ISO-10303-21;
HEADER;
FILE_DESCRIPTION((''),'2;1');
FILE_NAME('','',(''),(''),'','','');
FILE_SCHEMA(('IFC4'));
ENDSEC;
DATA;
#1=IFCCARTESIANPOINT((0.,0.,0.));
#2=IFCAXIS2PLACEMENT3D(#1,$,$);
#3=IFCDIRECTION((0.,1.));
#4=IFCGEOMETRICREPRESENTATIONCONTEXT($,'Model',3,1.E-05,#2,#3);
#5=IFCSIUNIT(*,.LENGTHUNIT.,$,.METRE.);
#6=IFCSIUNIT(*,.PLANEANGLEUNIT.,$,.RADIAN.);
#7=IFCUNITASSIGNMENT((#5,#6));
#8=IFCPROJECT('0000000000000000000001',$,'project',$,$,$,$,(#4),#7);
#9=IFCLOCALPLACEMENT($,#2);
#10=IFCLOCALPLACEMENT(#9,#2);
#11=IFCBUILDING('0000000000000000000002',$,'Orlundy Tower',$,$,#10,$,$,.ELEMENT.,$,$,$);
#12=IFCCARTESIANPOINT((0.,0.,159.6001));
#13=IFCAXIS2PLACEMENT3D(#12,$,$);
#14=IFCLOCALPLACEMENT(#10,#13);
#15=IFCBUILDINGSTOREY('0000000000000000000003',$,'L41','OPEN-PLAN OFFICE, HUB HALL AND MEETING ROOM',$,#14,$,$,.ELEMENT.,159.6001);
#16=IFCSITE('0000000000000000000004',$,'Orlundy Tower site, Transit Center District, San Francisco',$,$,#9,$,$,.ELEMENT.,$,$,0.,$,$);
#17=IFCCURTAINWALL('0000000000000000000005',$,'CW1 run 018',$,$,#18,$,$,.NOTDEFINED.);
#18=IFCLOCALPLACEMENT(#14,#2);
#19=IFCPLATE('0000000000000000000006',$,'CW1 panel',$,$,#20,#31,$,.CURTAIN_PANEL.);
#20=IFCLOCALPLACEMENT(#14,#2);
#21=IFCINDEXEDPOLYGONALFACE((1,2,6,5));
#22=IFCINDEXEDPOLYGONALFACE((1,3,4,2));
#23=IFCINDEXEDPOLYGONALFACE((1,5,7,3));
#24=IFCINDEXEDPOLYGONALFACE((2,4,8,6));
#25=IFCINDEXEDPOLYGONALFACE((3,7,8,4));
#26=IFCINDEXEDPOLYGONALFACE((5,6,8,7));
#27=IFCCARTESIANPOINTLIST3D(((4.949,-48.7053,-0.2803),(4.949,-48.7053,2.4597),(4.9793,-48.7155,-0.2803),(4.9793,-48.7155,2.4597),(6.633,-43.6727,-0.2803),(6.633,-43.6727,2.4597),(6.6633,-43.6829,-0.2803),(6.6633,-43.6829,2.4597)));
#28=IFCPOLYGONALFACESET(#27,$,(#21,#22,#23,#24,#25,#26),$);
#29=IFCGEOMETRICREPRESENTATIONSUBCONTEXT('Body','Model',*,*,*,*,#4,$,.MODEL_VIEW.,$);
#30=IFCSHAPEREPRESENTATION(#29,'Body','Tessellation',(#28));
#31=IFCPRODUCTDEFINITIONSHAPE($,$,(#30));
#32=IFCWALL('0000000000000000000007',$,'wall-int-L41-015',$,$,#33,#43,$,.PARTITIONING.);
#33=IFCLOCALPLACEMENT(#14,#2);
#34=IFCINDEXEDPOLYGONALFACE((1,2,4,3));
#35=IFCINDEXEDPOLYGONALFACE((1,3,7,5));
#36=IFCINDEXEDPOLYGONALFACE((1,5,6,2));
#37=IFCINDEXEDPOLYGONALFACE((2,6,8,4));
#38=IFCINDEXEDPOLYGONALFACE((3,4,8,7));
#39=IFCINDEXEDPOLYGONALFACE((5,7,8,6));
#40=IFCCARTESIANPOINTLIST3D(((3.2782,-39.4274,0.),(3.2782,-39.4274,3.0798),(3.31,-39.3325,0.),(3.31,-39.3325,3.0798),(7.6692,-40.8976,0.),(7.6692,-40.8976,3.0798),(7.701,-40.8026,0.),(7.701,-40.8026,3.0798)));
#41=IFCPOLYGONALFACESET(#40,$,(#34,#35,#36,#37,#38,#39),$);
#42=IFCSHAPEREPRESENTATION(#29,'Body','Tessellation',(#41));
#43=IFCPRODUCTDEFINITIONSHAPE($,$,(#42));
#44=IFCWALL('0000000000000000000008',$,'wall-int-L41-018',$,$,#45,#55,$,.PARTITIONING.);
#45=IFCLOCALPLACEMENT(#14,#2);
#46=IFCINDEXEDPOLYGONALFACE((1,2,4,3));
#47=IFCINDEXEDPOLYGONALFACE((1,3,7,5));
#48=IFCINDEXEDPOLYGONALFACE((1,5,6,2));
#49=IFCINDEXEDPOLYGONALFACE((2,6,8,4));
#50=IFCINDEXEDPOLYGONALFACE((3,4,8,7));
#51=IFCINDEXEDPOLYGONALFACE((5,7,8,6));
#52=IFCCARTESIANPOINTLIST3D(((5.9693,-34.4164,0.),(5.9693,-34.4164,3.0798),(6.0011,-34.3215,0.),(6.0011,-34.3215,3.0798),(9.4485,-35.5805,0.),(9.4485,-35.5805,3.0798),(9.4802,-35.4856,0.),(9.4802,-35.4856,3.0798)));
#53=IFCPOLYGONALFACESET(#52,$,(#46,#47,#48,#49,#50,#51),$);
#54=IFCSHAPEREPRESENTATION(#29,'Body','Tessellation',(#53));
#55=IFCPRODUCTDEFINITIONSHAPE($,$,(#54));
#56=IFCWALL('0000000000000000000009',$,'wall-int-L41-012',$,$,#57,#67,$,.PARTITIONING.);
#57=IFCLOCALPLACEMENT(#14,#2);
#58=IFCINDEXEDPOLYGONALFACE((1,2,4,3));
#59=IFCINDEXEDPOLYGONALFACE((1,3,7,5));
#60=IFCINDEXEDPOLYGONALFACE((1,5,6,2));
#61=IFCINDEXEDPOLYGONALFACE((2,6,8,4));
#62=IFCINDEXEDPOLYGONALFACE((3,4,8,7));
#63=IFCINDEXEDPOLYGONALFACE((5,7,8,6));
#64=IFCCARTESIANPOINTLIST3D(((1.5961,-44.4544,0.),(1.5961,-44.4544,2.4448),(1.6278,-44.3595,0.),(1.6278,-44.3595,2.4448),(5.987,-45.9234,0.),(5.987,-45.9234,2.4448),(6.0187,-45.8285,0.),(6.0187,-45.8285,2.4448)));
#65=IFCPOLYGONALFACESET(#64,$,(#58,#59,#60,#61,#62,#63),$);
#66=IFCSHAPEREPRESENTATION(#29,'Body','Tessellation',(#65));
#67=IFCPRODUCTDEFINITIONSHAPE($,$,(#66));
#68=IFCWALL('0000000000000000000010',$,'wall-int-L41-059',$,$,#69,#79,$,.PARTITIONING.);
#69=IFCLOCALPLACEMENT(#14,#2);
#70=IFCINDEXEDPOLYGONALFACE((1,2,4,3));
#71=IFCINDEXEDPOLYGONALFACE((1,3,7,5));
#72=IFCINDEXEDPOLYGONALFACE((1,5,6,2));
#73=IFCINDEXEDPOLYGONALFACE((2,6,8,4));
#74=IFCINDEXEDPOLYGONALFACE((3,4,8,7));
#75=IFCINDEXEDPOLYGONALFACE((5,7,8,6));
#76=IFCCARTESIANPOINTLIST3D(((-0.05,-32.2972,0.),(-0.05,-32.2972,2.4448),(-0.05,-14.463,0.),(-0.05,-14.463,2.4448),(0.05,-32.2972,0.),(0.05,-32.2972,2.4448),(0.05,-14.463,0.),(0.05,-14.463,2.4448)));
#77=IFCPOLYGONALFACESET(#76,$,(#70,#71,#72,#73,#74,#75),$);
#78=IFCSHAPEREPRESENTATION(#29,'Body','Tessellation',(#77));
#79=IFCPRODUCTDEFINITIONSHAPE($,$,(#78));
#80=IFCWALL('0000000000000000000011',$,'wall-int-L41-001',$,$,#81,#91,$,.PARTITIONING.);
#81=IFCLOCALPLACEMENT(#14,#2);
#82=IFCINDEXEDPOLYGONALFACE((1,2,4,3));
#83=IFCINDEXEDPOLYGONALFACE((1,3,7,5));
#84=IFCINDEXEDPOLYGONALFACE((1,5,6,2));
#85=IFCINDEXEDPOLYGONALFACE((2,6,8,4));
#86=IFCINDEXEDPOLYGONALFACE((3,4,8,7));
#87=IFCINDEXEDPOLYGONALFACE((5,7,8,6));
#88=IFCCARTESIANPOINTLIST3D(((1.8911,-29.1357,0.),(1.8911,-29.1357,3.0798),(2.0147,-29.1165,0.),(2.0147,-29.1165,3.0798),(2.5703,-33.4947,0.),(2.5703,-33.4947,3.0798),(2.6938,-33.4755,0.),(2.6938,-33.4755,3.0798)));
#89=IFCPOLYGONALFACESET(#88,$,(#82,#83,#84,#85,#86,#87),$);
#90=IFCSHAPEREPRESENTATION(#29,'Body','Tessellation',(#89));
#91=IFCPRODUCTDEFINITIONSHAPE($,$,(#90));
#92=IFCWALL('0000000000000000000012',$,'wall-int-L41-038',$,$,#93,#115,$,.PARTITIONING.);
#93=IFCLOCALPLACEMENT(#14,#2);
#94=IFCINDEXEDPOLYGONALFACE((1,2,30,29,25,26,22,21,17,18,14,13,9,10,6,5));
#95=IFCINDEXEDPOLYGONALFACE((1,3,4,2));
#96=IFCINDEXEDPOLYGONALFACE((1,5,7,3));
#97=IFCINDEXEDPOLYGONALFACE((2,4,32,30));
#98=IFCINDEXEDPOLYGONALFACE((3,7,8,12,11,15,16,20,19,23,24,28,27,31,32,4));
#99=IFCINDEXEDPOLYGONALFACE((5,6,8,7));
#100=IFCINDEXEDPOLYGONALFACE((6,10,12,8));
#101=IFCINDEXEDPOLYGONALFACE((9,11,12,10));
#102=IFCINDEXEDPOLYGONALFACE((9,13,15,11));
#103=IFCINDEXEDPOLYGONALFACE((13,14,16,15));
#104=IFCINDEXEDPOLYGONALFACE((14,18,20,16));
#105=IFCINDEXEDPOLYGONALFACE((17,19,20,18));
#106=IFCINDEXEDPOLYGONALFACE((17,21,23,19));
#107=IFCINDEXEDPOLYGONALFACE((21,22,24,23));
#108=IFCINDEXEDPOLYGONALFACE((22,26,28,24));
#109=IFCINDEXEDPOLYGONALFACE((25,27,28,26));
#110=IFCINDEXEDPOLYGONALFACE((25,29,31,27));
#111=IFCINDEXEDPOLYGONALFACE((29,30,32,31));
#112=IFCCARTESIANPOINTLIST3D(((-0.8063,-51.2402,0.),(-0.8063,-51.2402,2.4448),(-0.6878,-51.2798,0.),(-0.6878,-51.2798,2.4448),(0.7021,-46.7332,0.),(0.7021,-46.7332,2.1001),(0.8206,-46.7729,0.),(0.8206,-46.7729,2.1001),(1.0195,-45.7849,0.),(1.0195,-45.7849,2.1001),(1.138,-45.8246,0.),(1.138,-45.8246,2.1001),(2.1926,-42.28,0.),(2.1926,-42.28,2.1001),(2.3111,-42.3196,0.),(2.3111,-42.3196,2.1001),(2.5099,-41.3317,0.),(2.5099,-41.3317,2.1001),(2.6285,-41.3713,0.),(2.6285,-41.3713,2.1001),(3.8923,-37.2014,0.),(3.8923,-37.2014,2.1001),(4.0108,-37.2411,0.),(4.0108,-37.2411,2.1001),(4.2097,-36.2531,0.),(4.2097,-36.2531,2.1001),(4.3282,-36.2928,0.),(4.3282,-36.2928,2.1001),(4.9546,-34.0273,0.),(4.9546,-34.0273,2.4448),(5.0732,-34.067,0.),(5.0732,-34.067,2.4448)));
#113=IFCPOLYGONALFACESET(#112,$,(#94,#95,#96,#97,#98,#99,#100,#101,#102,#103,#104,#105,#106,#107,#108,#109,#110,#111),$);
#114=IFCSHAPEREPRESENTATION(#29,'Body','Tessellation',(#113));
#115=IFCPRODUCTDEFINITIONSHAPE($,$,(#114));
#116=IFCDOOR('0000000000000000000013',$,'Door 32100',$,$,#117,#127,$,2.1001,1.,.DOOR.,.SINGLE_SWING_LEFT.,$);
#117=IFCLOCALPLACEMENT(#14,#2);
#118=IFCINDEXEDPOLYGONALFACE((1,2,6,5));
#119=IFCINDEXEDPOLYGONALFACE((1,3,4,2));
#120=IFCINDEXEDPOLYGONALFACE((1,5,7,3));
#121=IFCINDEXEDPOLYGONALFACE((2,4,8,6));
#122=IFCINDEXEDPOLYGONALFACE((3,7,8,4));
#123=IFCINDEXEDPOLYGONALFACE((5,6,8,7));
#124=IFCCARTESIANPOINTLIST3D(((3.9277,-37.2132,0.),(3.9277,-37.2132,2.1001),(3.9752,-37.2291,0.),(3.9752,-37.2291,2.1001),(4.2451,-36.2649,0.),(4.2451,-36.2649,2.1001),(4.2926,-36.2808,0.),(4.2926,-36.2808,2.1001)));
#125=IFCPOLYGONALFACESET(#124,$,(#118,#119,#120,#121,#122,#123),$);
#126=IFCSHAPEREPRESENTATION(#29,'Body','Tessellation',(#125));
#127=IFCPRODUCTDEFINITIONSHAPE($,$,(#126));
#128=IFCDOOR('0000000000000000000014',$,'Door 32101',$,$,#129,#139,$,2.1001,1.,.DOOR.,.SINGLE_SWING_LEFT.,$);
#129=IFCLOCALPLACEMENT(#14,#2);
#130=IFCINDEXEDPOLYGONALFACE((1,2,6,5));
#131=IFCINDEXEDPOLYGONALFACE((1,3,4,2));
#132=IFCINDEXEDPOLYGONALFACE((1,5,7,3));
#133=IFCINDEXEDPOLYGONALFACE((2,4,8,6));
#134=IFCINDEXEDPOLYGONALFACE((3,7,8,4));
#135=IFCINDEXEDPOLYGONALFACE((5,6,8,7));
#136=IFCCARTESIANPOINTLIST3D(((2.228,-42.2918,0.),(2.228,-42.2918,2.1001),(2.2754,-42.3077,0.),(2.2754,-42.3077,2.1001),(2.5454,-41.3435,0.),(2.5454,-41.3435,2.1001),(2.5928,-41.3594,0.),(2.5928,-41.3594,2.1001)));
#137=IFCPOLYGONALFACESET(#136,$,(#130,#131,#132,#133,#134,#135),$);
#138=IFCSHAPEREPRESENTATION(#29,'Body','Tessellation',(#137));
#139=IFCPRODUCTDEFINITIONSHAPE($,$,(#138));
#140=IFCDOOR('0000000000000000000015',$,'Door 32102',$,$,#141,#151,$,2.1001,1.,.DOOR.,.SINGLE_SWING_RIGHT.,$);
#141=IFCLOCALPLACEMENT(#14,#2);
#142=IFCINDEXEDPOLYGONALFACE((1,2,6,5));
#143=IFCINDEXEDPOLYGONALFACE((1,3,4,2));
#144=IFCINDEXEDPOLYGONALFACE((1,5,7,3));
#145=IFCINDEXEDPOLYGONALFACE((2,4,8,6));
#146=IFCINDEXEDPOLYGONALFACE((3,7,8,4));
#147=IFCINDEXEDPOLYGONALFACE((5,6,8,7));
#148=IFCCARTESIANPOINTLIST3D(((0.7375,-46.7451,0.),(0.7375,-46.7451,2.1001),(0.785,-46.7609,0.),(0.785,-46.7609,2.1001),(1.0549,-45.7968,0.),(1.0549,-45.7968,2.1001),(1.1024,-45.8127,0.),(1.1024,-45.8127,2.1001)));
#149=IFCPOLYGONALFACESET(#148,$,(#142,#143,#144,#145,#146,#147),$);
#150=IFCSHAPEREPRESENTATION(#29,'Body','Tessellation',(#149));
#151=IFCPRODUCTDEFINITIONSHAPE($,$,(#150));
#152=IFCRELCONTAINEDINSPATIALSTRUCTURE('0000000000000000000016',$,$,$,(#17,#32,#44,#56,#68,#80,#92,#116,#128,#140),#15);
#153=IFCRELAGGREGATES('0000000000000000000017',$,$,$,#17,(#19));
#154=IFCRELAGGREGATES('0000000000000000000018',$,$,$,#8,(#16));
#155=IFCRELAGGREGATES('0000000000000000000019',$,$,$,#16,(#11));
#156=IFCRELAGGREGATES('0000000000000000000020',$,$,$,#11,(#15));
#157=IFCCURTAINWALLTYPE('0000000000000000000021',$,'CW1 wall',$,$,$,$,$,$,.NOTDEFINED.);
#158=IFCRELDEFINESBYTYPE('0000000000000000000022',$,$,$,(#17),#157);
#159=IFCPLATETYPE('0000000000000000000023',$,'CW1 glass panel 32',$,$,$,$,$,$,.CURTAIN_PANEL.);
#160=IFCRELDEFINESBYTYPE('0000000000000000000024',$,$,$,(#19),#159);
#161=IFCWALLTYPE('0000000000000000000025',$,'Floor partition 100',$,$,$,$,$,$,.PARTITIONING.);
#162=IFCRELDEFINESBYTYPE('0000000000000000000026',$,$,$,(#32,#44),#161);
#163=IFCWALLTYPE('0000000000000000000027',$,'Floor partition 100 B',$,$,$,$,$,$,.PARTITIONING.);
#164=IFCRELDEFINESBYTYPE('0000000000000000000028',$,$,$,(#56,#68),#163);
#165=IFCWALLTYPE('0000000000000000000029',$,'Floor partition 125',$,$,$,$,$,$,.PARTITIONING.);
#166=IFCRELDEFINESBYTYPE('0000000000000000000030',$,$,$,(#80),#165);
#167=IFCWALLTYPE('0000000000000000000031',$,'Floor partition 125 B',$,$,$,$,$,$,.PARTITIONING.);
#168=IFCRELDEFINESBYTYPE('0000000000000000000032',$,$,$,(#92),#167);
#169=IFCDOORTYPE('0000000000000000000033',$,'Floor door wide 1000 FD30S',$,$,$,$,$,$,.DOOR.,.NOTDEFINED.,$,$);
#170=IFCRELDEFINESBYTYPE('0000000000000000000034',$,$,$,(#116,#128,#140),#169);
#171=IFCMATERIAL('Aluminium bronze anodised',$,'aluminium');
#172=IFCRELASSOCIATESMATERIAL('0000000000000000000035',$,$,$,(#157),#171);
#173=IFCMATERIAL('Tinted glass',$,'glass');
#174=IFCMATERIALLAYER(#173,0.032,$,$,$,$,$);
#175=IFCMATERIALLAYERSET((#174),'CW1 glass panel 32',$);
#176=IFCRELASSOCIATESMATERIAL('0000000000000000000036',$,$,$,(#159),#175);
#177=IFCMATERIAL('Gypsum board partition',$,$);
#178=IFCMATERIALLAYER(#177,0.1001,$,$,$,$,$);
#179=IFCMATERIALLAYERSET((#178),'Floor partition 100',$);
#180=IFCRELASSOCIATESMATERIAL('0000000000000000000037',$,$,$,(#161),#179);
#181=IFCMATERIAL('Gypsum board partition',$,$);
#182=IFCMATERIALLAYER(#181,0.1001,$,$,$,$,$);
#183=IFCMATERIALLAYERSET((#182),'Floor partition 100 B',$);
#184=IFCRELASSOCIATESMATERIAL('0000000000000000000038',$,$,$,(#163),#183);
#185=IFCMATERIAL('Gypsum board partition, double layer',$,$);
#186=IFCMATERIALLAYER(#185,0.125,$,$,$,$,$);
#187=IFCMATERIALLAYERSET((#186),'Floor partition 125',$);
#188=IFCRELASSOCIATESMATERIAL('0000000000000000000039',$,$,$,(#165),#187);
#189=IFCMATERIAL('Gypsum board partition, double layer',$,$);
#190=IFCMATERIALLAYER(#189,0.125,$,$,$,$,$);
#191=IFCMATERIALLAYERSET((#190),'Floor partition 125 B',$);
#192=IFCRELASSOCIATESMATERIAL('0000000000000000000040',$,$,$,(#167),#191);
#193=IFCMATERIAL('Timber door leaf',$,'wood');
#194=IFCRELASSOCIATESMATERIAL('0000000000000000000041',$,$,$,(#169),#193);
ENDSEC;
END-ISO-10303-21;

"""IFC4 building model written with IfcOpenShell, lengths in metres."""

from ifc_helpers import new_model, si_unit, direction, frame, frame_2d, origin, origin_2d, place, context, subcontext, project, spatial, rectangle, extrude, material, layer, layer_set, type_object, element, fill, aggregate, save


model = new_model("IFC4")

# Units and contexts
model_context = context("Model", 3, precision=1e-05, world=origin(), true_north=direction((0.0, 1.0)))
body_context = subcontext(model_context, "Body", "Model", "MODEL_VIEW")
ifc_project = project(units=[si_unit("LENGTHUNIT", "METRE"), si_unit("PLANEANGLEUNIT", "RADIAN")], contexts=[model_context])

# Site, building, storey
site_placement = place(None, origin())
site = spatial("IfcSite", under=ifc_project, at=site_placement, Name="Orlundy Tower site, Transit Center District, San Francisco", CompositionType="ELEMENT", RefElevation=0.0)
building_placement = place(site_placement, origin())
building = spatial("IfcBuilding", under=site, at=building_placement, Name="Orlundy Tower", CompositionType="ELEMENT")
storey_placement = place(building_placement, frame((0.0, 0.0, 159.6001)))
storey = spatial("IfcBuildingStorey", under=building, at=storey_placement, Name="L41", Description="OPEN-PLAN OFFICE, HUB HALL AND MEETING ROOM", CompositionType="ELEMENT", Elevation=159.6001)

# Curtain wall, plate
ifc_material_1 = material(Name="Aluminium bronze anodised", Category="aluminium")
curtain_wall_type = type_object("IfcCurtainWallType", Name="CW1 wall", PredefinedType="NOTDEFINED", material=ifc_material_1)
curtain_wall_placement = place(storey_placement, origin())
curtain_wall = element("IfcCurtainWall", 1, at=curtain_wall_placement, inside=storey, type_object=curtain_wall_type, Name="CW1 run 018", PredefinedType="NOTDEFINED")
ifc_material_2 = material(Name="Tinted glass", Category="glass")
ifc_layer_1 = layer(ifc_material_2, 0.032)
ifc_layer_set_1 = layer_set([ifc_layer_1], Name="CW1 glass panel 32")
plate_type = type_object("IfcPlateType", Name="CW1 glass panel 32", PredefinedType="CURTAIN_PANEL", material=ifc_layer_set_1)
plate_1_placement = place(storey_placement, frame((5.8062, -46.1941, -0.2803), z_axis=(0.0, 0.0, 1.0), x_axis=(-0.317314, -0.948321, 0.0)))
plate_1 = element("IfcPlate", 2, at=plate_1_placement, type_object=plate_type, Name="CW1 panel", PredefinedType="CURTAIN_PANEL", context=body_context, shape_type="SweptSolid", body=[
    extrude(rectangle(XDim=5.3069, YDim=0.032, at=origin_2d()), origin(), (0.0, 0.0, 1.0), 2.74),
])
aggregate(curtain_wall, [plate_1])

# Walls
ifc_material_3 = material(Name="Gypsum board partition")
ifc_layer_2 = layer(ifc_material_3, 0.1001)
ifc_layer_set_2 = layer_set([ifc_layer_2], Name="Floor partition 100")
wall_type_1 = type_object("IfcWallType", Name="Floor partition 100", PredefinedType="PARTITIONING", material=ifc_layer_set_2)
wall_1_placement = place(storey_placement, frame((3.2939, -39.3799, 0.0), z_axis=(0.0, 0.0, 1.0), x_axis=(0.948261, -0.317493, 0.0)))
element("IfcWall", 3, at=wall_1_placement, inside=storey, type_object=wall_type_1, Name="wall-int-L41-015", PredefinedType="PARTITIONING", context=body_context, shape_type="SweptSolid", body=[
    extrude(rectangle(XDim=4.6306, YDim=0.1001, at=frame_2d((2.3154, 0.0))), origin(), (0.0, 0.0, 1.0), 3.0798),
])
wall_2_placement = place(storey_placement, frame((5.9851, -34.3689, 0.0), z_axis=(0.0, 0.0, 1.0), x_axis=(0.948323, -0.317306, 0.0)))
element("IfcWall", 4, at=wall_2_placement, inside=storey, type_object=wall_type_1, Name="wall-int-L41-018", PredefinedType="PARTITIONING", context=body_context, shape_type="SweptSolid", body=[
    extrude(rectangle(XDim=3.6687, YDim=0.1001, at=frame_2d((1.8345, 0.0))), origin(), (0.0, 0.0, 1.0), 3.0798),
])
ifc_material_4 = material(Name="Gypsum board partition")
ifc_layer_3 = layer(ifc_material_4, 0.1001)
ifc_layer_set_3 = layer_set([ifc_layer_3], Name="Floor partition 100 B")
wall_type_2 = type_object("IfcWallType", Name="Floor partition 100 B", PredefinedType="PARTITIONING", material=ifc_layer_set_3)
wall_3_placement = place(storey_placement, frame((1.6121, -44.407, 0.0), z_axis=(0.0, 0.0, 1.0), x_axis=(0.948335, -0.317272, 0.0)))
element("IfcWall", 5, at=wall_3_placement, inside=storey, type_object=wall_type_2, Name="wall-int-L41-012", PredefinedType="PARTITIONING", context=body_context, shape_type="SweptSolid", body=[
    extrude(rectangle(XDim=4.6301, YDim=0.1001, at=frame_2d((2.3149, 0.0))), origin(), (0.0, 0.0, 1.0), 2.4448),
])
wall_4_placement = place(storey_placement, frame((0.0, -32.2971, 0.0), z_axis=(0.0, 0.0, 1.0), x_axis=(0.0, 1.0, 0.0)))
element("IfcWall", 6, at=wall_4_placement, inside=storey, type_object=wall_type_2, Name="wall-int-L41-059", PredefinedType="PARTITIONING", context=body_context, shape_type="SweptSolid", body=[
    extrude(rectangle(XDim=17.8342, YDim=0.1001, at=frame_2d((8.917, 0.0))), origin(), (0.0, 0.0, 1.0), 2.4448),
])
ifc_material_5 = material(Name="Gypsum board partition, double layer")
ifc_layer_4 = layer(ifc_material_5, 0.125)
ifc_layer_set_4 = layer_set([ifc_layer_4], Name="Floor partition 125")
wall_type_3 = type_object("IfcWallType", Name="Floor partition 125", PredefinedType="PARTITIONING", material=ifc_layer_set_4)
wall_5_placement = place(storey_placement, frame((2.6321, -33.4851, 0.0), z_axis=(0.0, 0.0, 1.0), x_axis=(-0.153953, 0.988078, 0.0)))
element("IfcWall", 7, at=wall_5_placement, inside=storey, type_object=wall_type_3, Name="wall-int-L41-001", PredefinedType="PARTITIONING", context=body_context, shape_type="SweptSolid", body=[
    extrude(rectangle(XDim=4.4116, YDim=0.125, at=frame_2d((2.2058, 0.0))), origin(), (0.0, 0.0, 1.0), 3.0798),
])

# Wall, openings, doors
ifc_material_6 = material(Name="Gypsum board partition, double layer")
ifc_layer_5 = layer(ifc_material_6, 0.125)
ifc_layer_set_5 = layer_set([ifc_layer_5], Name="Floor partition 125 B")
wall_type_4 = type_object("IfcWallType", Name="Floor partition 125 B", PredefinedType="PARTITIONING", material=ifc_layer_set_5)
wall_6_placement = place(storey_placement, frame((5.0139, -34.0471, 0.0), z_axis=(0.0, 0.0, 1.0), x_axis=(-0.317386, -0.948297, 0.0)))
wall_6 = element("IfcWall", 8, at=wall_6_placement, inside=storey, type_object=wall_type_4, Name="wall-int-L41-038", PredefinedType="PARTITIONING", context=body_context, shape_type="SweptSolid", body=[
    extrude(rectangle(XDim=18.1514, YDim=0.125, at=frame_2d((9.0757, 0.0))), origin(), (0.0, 0.0, 1.0), 2.4448),
])
opening_1_placement = place(wall_6_placement, frame((2.3472, 0.0, 0.0)))
opening_1 = element("IfcOpeningElement", 9, at=opening_1_placement, cuts=wall_6, PredefinedType="OPENING", context=body_context, shape_type="SweptSolid", body=[
    extrude(rectangle(XDim=1.0, YDim=2.1001, at=frame_2d((0.5, 1.05))), frame((0.0, 0.0725, 0.0), z_axis=(0.0, -1.0, 0.0), x_axis=(1.0, 0.0, 0.0)), (0.0, 0.0, 1.0), 0.145),
])
opening_2_placement = place(wall_6_placement, frame((7.7026, 0.0, 0.0)))
opening_2 = element("IfcOpeningElement", 10, at=opening_2_placement, cuts=wall_6, PredefinedType="OPENING", context=body_context, shape_type="SweptSolid", body=[
    extrude(rectangle(XDim=1.0, YDim=2.1001, at=frame_2d((0.5, 1.05))), frame((0.0, 0.0725, 0.0), z_axis=(0.0, -1.0, 0.0), x_axis=(1.0, 0.0, 0.0)), (0.0, 0.0, 1.0), 0.145),
])
opening_3_placement = place(wall_6_placement, frame((12.3987, 0.0, 0.0)))
opening_3 = element("IfcOpeningElement", 11, at=opening_3_placement, cuts=wall_6, PredefinedType="OPENING", context=body_context, shape_type="SweptSolid", body=[
    extrude(rectangle(XDim=1.0, YDim=2.1001, at=frame_2d((0.5, 1.05))), frame((0.0, 0.0725, 0.0), z_axis=(0.0, -1.0, 0.0), x_axis=(1.0, 0.0, 0.0)), (0.0, 0.0, 1.0), 0.145),
])
ifc_material_7 = material(Name="Timber door leaf", Category="wood")
door_type_1 = type_object("IfcDoorType", Name="Floor door wide 1000 FD30S", OperationType="NOTDEFINED", PredefinedType="DOOR", material=ifc_material_7)
door_1_placement = place(opening_1_placement, origin())
door_1 = element("IfcDoor", 12, at=door_1_placement, inside=storey, type_object=door_type_1, Name="Door 32100", OperationType="SINGLE_SWING_LEFT", OverallHeight=2.1001, OverallWidth=1.0, PredefinedType="DOOR", context=body_context, shape_type="SweptSolid", body=[
    extrude(rectangle(XDim=1.0, YDim=2.1001, at=frame_2d((0.5, 1.05))), frame((0.0, 0.0249, 0.0), z_axis=(0.0, -1.0, 0.0), x_axis=(1.0, 0.0, 0.0)), (0.0, 0.0, 1.0), 0.05),
])
fill(opening_1, door_1)
door_2_placement = place(opening_2_placement, origin())
door_2 = element("IfcDoor", 13, at=door_2_placement, inside=storey, type_object=door_type_1, Name="Door 32101", OperationType="SINGLE_SWING_LEFT", OverallHeight=2.1001, OverallWidth=1.0, PredefinedType="DOOR", context=body_context, shape_type="SweptSolid", body=[
    extrude(rectangle(XDim=1.0, YDim=2.1001, at=frame_2d((0.5, 1.05))), frame((0.0, 0.0249, 0.0), z_axis=(0.0, -1.0, 0.0), x_axis=(1.0, 0.0, 0.0)), (0.0, 0.0, 1.0), 0.05),
])
fill(opening_2, door_2)
door_3_placement = place(opening_3_placement, origin())
door_3 = element("IfcDoor", 14, at=door_3_placement, inside=storey, type_object=door_type_1, Name="Door 32102", OperationType="SINGLE_SWING_RIGHT", OverallHeight=2.1001, OverallWidth=1.0, PredefinedType="DOOR", context=body_context, shape_type="SweptSolid", body=[
    extrude(rectangle(XDim=1.0, YDim=2.1001, at=frame_2d((0.5, 1.05))), frame((0.0, 0.0249, 0.0), z_axis=(0.0, -1.0, 0.0), x_axis=(1.0, 0.0, 0.0)), (0.0, 0.0, 1.0), 0.05),
])
fill(opening_3, door_3)

save(model, "model.ifc")
